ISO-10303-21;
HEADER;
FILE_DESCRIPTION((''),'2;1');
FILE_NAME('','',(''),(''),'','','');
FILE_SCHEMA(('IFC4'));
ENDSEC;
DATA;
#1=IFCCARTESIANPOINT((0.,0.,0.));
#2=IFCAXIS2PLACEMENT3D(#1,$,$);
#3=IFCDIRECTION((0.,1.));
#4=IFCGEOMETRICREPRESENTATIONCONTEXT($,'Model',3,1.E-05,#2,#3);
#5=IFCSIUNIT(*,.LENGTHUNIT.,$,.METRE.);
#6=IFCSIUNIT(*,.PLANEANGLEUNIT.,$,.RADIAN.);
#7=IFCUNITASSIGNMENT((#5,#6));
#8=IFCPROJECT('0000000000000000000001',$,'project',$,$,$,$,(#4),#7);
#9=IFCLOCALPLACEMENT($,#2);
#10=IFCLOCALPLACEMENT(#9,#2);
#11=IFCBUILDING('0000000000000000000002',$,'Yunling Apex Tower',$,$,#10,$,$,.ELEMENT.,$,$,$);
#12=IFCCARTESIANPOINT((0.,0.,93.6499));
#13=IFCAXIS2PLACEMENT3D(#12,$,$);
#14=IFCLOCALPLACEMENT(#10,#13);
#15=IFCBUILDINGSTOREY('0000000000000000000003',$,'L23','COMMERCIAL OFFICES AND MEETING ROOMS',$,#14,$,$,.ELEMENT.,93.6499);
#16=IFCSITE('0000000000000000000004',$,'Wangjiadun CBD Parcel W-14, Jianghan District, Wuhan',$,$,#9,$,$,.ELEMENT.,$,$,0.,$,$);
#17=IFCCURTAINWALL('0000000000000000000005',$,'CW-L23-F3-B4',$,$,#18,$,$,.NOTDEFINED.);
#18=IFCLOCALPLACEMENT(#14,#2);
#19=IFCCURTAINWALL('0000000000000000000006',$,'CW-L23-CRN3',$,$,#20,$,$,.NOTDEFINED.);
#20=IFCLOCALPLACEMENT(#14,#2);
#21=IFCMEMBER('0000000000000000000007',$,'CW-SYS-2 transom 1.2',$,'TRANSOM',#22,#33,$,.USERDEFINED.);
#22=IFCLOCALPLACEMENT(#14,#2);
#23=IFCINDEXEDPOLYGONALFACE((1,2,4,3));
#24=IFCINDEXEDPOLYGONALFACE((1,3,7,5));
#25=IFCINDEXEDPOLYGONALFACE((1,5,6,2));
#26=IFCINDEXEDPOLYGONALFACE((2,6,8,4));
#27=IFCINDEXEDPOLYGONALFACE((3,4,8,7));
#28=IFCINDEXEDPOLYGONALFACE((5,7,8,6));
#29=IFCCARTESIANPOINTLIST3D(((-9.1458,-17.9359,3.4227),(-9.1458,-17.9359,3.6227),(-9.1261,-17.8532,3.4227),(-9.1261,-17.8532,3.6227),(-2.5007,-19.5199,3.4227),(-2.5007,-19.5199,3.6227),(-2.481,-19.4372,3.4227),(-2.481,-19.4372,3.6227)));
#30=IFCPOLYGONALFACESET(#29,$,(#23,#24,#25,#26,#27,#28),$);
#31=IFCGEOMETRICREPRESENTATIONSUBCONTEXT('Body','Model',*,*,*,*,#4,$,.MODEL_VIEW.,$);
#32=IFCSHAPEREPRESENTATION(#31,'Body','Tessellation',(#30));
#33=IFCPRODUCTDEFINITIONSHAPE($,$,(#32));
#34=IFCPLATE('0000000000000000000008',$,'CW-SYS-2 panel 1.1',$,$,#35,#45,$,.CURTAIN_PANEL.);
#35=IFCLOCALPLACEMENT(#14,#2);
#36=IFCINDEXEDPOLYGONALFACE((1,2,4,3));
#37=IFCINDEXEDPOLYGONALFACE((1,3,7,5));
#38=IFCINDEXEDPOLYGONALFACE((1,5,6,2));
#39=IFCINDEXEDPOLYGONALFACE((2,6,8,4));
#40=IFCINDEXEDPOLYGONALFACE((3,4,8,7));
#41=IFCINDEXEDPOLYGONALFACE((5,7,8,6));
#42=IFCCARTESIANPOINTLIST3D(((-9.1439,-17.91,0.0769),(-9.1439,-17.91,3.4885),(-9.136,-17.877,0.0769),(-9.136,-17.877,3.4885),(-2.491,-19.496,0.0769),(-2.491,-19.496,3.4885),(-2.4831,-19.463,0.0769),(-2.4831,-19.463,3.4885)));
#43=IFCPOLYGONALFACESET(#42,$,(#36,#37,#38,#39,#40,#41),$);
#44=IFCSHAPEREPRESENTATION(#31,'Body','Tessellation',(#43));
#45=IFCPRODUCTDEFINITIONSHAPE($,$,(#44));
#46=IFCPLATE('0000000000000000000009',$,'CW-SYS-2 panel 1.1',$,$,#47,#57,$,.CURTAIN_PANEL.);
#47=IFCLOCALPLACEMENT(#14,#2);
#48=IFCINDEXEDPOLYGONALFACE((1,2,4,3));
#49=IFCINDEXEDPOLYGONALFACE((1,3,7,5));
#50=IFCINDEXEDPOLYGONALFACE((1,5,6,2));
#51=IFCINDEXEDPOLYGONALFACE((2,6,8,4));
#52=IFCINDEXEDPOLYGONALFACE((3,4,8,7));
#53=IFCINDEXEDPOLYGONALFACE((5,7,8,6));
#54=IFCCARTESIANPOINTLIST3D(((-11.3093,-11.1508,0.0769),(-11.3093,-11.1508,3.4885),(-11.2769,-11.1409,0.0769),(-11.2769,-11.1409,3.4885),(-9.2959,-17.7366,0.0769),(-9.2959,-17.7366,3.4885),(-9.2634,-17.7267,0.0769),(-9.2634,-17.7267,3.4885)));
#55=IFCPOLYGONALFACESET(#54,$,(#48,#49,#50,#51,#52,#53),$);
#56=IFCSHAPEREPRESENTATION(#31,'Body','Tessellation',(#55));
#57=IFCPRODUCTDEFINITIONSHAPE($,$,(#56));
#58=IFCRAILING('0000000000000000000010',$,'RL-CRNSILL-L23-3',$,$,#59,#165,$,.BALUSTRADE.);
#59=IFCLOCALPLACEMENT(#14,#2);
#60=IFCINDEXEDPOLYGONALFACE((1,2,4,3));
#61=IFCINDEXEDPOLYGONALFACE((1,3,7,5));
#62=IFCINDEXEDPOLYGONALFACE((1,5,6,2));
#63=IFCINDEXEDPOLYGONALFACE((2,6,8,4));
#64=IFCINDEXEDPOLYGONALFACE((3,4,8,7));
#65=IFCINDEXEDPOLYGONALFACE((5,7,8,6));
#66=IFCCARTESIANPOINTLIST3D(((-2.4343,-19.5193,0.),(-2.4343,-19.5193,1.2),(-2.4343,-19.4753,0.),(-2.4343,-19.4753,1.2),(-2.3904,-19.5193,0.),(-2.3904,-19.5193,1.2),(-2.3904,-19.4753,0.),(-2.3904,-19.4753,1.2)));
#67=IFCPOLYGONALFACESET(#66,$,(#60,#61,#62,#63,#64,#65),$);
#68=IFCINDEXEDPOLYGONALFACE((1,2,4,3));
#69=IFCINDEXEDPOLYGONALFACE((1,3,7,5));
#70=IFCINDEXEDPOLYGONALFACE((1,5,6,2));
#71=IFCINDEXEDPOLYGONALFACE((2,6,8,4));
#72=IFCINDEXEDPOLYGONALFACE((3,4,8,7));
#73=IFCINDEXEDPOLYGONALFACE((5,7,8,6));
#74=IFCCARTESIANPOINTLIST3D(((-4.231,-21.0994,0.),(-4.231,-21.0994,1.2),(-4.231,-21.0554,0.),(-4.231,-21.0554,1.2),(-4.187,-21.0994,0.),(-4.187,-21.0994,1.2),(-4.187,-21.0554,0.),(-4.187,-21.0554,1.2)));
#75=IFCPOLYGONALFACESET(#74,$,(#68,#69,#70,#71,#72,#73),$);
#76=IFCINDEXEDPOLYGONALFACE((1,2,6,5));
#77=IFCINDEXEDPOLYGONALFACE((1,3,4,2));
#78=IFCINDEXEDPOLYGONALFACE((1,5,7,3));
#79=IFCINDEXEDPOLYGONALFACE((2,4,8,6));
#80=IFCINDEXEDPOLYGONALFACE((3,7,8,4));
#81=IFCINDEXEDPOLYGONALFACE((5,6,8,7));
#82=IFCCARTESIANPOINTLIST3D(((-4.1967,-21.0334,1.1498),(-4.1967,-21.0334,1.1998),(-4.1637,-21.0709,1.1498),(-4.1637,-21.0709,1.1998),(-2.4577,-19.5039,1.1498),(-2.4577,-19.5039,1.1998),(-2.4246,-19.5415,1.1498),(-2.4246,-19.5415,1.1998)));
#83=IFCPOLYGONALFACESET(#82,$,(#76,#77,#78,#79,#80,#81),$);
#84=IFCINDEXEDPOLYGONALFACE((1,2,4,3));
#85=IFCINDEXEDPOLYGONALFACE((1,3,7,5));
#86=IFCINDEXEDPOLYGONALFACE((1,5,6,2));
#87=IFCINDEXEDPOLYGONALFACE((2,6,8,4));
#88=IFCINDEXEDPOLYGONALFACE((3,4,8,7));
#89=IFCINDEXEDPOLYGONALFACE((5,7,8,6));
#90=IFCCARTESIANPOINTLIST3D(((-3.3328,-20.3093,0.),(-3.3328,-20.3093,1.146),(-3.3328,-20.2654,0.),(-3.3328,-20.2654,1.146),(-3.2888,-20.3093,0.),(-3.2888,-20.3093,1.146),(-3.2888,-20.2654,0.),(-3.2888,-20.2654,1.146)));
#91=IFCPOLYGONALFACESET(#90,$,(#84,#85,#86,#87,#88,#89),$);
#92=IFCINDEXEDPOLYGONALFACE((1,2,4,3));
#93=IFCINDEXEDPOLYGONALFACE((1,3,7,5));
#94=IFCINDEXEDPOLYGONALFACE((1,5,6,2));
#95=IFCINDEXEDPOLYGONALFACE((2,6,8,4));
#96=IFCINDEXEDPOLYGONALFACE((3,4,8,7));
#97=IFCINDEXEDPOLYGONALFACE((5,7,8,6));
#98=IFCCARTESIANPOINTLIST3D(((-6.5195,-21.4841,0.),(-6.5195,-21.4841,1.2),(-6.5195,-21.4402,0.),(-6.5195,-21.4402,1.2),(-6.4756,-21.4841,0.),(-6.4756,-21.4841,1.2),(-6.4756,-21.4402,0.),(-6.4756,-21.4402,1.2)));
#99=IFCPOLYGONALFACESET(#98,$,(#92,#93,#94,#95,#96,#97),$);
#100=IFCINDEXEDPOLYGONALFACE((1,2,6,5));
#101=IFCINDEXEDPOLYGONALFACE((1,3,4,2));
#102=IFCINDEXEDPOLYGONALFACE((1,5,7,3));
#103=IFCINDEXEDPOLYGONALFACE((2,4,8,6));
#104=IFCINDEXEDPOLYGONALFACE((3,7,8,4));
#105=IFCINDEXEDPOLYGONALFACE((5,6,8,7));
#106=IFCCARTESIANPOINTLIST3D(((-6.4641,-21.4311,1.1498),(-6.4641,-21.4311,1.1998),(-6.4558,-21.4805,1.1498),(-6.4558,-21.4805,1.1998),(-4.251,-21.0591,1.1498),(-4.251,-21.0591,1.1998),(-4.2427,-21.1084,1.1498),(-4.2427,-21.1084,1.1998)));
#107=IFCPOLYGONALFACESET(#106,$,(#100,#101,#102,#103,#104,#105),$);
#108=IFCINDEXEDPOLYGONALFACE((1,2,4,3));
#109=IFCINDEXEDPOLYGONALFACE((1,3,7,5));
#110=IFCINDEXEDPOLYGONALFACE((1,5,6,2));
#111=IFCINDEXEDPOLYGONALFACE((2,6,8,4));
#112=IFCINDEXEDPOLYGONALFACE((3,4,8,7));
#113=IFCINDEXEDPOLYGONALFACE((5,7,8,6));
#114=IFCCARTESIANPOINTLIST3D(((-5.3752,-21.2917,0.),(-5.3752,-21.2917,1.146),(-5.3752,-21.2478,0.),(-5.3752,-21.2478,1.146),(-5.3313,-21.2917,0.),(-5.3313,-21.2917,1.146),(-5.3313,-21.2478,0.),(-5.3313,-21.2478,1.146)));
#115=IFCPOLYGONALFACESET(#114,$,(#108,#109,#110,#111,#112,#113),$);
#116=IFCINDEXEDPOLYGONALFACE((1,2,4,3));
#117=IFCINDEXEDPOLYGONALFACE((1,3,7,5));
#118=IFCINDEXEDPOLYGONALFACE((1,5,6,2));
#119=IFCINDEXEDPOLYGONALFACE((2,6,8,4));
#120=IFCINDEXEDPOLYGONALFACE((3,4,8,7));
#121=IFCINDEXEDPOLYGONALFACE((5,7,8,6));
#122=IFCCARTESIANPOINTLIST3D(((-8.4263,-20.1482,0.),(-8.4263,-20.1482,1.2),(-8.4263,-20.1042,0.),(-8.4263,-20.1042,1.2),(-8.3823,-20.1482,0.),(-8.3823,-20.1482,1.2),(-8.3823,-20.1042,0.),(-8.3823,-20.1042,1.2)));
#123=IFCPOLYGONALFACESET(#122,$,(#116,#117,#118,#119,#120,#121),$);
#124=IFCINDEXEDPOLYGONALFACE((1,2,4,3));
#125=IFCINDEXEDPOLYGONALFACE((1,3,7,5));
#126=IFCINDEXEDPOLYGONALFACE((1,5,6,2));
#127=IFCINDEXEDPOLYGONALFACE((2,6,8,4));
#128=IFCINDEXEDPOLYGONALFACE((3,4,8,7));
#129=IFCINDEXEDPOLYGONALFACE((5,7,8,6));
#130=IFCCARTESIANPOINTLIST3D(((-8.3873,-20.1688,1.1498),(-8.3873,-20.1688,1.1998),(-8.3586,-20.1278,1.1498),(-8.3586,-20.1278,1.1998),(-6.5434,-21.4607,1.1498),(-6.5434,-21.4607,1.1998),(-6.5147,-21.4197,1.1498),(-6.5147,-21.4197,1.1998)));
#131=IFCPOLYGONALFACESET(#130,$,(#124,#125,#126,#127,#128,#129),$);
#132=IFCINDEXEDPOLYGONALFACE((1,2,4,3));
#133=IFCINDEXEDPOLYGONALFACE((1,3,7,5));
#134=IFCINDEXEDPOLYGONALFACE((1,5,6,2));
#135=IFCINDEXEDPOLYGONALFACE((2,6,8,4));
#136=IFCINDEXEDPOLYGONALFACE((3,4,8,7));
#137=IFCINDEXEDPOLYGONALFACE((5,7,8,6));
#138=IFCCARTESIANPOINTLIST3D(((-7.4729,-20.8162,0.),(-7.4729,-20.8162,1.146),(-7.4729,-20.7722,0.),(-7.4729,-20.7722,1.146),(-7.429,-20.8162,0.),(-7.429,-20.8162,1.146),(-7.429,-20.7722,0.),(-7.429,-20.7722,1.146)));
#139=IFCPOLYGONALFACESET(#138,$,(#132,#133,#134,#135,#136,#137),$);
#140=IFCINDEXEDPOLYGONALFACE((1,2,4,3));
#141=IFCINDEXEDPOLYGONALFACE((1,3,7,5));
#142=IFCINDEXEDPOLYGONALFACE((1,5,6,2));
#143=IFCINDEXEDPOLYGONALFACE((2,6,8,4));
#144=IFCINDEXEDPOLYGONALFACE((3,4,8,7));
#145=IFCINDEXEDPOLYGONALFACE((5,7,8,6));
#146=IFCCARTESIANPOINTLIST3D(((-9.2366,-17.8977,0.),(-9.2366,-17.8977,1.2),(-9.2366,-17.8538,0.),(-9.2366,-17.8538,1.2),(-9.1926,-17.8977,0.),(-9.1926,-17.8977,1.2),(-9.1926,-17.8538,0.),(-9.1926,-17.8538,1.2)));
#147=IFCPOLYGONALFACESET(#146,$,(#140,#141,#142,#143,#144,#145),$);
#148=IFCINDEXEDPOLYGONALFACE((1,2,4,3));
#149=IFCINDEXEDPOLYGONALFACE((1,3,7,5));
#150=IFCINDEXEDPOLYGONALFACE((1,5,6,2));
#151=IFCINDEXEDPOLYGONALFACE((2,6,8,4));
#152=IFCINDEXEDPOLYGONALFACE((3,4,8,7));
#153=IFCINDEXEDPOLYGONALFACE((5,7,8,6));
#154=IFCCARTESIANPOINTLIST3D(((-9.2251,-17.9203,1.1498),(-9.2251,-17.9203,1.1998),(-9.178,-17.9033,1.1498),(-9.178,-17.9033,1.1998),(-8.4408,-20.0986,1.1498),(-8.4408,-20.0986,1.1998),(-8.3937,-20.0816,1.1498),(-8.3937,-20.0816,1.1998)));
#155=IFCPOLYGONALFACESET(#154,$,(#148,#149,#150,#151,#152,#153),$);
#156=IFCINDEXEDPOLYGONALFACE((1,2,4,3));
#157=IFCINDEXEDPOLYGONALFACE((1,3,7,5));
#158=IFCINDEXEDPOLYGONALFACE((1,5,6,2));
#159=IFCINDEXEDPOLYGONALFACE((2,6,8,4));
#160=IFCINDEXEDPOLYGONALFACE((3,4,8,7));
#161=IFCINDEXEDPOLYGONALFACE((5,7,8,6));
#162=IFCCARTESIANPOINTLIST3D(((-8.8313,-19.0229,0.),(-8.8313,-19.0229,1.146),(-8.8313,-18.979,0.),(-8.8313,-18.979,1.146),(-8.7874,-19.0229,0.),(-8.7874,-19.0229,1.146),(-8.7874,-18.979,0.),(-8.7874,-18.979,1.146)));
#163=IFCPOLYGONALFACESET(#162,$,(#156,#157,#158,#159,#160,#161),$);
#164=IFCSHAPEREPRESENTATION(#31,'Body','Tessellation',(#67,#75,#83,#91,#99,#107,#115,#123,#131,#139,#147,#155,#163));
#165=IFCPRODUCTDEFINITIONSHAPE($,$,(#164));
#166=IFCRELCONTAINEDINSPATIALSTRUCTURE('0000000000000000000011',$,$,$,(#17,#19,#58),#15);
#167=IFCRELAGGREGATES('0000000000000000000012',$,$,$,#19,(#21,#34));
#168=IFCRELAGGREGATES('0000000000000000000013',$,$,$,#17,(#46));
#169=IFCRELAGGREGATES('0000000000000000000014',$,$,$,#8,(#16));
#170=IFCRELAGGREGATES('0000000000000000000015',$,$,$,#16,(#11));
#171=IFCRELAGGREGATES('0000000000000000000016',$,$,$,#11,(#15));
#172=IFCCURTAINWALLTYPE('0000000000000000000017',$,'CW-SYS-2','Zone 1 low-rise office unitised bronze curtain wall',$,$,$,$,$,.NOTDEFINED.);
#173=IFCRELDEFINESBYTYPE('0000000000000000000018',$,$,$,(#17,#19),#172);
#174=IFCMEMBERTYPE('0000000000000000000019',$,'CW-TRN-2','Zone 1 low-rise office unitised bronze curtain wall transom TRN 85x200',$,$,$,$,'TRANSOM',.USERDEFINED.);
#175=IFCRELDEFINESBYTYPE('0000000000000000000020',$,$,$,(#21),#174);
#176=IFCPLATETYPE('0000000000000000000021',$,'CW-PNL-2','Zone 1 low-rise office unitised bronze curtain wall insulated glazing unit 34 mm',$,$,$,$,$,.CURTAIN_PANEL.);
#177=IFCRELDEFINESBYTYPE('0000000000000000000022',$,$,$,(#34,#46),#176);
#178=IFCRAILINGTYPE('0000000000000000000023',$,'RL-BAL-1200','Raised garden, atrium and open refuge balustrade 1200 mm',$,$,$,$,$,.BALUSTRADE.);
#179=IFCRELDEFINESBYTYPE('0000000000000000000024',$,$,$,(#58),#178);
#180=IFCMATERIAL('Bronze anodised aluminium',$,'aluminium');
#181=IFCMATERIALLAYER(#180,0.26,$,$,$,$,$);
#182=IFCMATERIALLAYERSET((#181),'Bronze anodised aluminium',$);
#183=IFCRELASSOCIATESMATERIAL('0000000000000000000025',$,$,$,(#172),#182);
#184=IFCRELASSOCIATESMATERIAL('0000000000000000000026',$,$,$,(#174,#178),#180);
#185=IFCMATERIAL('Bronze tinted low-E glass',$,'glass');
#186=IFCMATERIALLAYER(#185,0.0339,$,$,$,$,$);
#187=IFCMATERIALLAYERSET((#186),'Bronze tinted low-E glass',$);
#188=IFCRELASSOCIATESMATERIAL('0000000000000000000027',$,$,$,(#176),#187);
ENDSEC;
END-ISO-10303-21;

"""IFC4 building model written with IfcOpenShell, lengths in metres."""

from ifc_helpers import new_model, si_unit, direction, frame, origin, origin_2d, place, context, subcontext, project, spatial, rectangle, extrude, source, transform, mapped, material, layer, layer_set, material_profile, profile_set, type_object, element, aggregate, save


model = new_model("IFC4")

# Units and contexts
model_context = context("Model", 3, precision=1e-05, world=origin(), true_north=direction((0.0, 1.0)))
body_context = subcontext(model_context, "Body", "Model", "MODEL_VIEW")
ifc_project = project(units=[si_unit("LENGTHUNIT", "METRE"), si_unit("PLANEANGLEUNIT", "RADIAN")], contexts=[model_context])

# Site, building, storey
site_placement = place(None, origin())
site = spatial("IfcSite", under=ifc_project, at=site_placement, Name="Wangjiadun CBD Parcel W-14, Jianghan District, Wuhan", CompositionType="ELEMENT", RefElevation=0.0)
building_placement = place(site_placement, origin())
building = spatial("IfcBuilding", under=site, at=building_placement, Name="Yunling Apex Tower", CompositionType="ELEMENT")
storey_placement = place(building_placement, frame((0.0, 0.0, 93.6499)))
storey = spatial("IfcBuildingStorey", under=building, at=storey_placement, Name="L23", Description="COMMERCIAL OFFICES AND MEETING ROOMS", CompositionType="ELEMENT", Elevation=93.6499)

# Curtain wall
ifc_material_1 = material(Name="Bronze anodised aluminium", Category="aluminium")
ifc_layer_1 = layer(ifc_material_1, 0.26)
ifc_layer_set_1 = layer_set([ifc_layer_1], Name="Bronze anodised aluminium")
curtain_wall_type = type_object("IfcCurtainWallType", Name="CW-SYS-2", Description="Zone 1 low-rise office unitised bronze curtain wall", PredefinedType="NOTDEFINED", material=ifc_layer_set_1)
curtain_wall_1_placement = place(storey_placement, origin())
curtain_wall_1 = element("IfcCurtainWall", 1, at=curtain_wall_1_placement, inside=storey, type_object=curtain_wall_type, Name="CW-L23-F3-B4", PredefinedType="NOTDEFINED")

# Curtain wall
curtain_wall_2_placement = place(storey_placement, origin())
curtain_wall_2 = element("IfcCurtainWall", 2, at=curtain_wall_2_placement, inside=storey, type_object=curtain_wall_type, Name="CW-L23-CRN3", PredefinedType="NOTDEFINED")

# Member
ifc_material_profile_1 = material_profile(ifc_material_1, rectangle(XDim=0.085, YDim=0.2, at=origin_2d()))
ifc_profile_set_1 = profile_set([ifc_material_profile_1], Name="Bronze anodised aluminium")
member_type_1 = type_object("IfcMemberType", Name="CW-TRN-2", Description="Zone 1 low-rise office unitised bronze curtain wall transom TRN 85x200", ElementType="TRANSOM", PredefinedType="USERDEFINED", material=ifc_profile_set_1)
shared_shape_1 = source(origin(), body_context, "Body", "SweptSolid", [
    extrude(rectangle(XDim=0.085, YDim=0.2, at=origin_2d()), origin(), (0.0, 0.0, 1.0), 6.8313),
])
member_1_placement = place(storey_placement, frame((-9.136, -17.8945, 3.5227), z_axis=(0.972746, -0.231875, 0.0), x_axis=(0.231875, 0.972746, 0.0)))
member_1 = element("IfcMember", 3, at=member_1_placement, type_object=member_type_1, Name="CW-SYS-2 transom 1.2", ObjectType="TRANSOM", PredefinedType="USERDEFINED", context=body_context, shape_type="MappedRepresentation", body=[
    mapped(shared_shape_1, transform((0.0, 0.0, 0.0), scale=1.0)),
])

# Plates
ifc_material_2 = material(Name="Bronze tinted low-E glass", Category="glass")
ifc_layer_2 = layer(ifc_material_2, 0.0339)
ifc_layer_set_2 = layer_set([ifc_layer_2], Name="Bronze tinted low-E glass")
plate_type = type_object("IfcPlateType", Name="CW-PNL-2", Description="Zone 1 low-rise office unitised bronze curtain wall insulated glazing unit 34 mm", PredefinedType="CURTAIN_PANEL", material=ifc_layer_set_2)
shared_shape_2 = source(origin(), body_context, "Body", "SweptSolid", [
    extrude(rectangle(XDim=6.8394, YDim=0.0339, at=origin_2d()), origin(), (0.0, 0.0, 1.0), 3.4116),
])
plate_1_placement = place(storey_placement, frame((-5.8135, -18.6865, 0.0769), z_axis=(0.0, 0.0, 1.0), x_axis=(0.972741, -0.231895, 0.0)))
plate_1 = element("IfcPlate", 4, at=plate_1_placement, type_object=plate_type, Name="CW-SYS-2 panel 1.1", PredefinedType="CURTAIN_PANEL", context=body_context, shape_type="MappedRepresentation", body=[
    mapped(shared_shape_2, transform((0.0, 0.0, 0.0), scale=1.0)),
])
aggregate(curtain_wall_2, [member_1, plate_1])
shared_shape_3 = source(origin(), body_context, "Body", "SweptSolid", [
    extrude(rectangle(XDim=6.8867, YDim=0.0339, at=origin_2d()), origin(), (0.0, 0.0, 1.0), 3.4116),
])
plate_2_placement = place(storey_placement, frame((-10.2864, -14.4387, 0.0769), z_axis=(0.0, 0.0, 1.0), x_axis=(0.292373, -0.956304, 0.0)))
plate_2 = element("IfcPlate", 5, at=plate_2_placement, type_object=plate_type, Name="CW-SYS-2 panel 1.1", PredefinedType="CURTAIN_PANEL", context=body_context, shape_type="MappedRepresentation", body=[
    mapped(shared_shape_3, transform((0.0, 0.0, 0.0), scale=1.0)),
])
aggregate(curtain_wall_1, [plate_2])

# Railing
railing_type = type_object("IfcRailingType", Name="RL-BAL-1200", Description="Raised garden, atrium and open refuge balustrade 1200 mm", PredefinedType="BALUSTRADE", material=ifc_material_1)
railing_placement = place(storey_placement, frame((-2.4124, -19.4973, 0.0)))
element("IfcRailing", 6, at=railing_placement, inside=storey, type_object=railing_type, Name="RL-CRNSILL-L23-3", PredefinedType="BALUSTRADE", context=body_context, shape_type="SweptSolid", body=[
    extrude(rectangle(XDim=0.0439, YDim=0.0439, at=origin_2d()), origin(), (0.0, 0.0, 1.0), 1.2),
    extrude(rectangle(XDim=0.0439, YDim=0.0439, at=origin_2d()), frame((-1.7966, -1.5801, 0.0)), (0.0, 0.0, 1.0), 1.2),
    extrude(rectangle(XDim=0.05, YDim=0.05, at=origin_2d()), frame((-0.0288, -0.0254, 1.1748), z_axis=(-0.750912, -0.660402, 0.0), x_axis=(0.660402, -0.750912, 0.0)), (0.0, 0.0, 1.0), 2.3159),
    extrude(rectangle(XDim=0.0439, YDim=0.0439, at=origin_2d()), frame((-0.8984, -0.79, 0.0)), (0.0, 0.0, 1.0), 1.146),
    extrude(rectangle(XDim=0.0439, YDim=0.0439, at=origin_2d()), frame((-4.0852, -1.9648, 0.0)), (0.0, 0.0, 1.0), 1.2),
    extrude(rectangle(XDim=0.05, YDim=0.05, at=origin_2d()), frame((-1.8345, -1.5864, 1.1748), z_axis=(-0.98616, -0.165798, 0.0), x_axis=(0.165798, -0.98616, 0.0)), (0.0, 0.0, 1.0), 2.2441),
    extrude(rectangle(XDim=0.0439, YDim=0.0439, at=origin_2d()), frame((-2.9409, -1.7725, 0.0)), (0.0, 0.0, 1.0), 1.146),
    extrude(rectangle(XDim=0.0439, YDim=0.0439, at=origin_2d()), frame((-5.9919, -0.6289, 0.0)), (0.0, 0.0, 1.0), 1.2),
    extrude(rectangle(XDim=0.05, YDim=0.05, at=origin_2d()), frame((-4.1167, -1.9429, 1.1748), z_axis=(-0.818986, 0.573814, 0.0), x_axis=(-0.573814, -0.818986, 0.0)), (0.0, 0.0, 1.0), 2.2515),
    extrude(rectangle(XDim=0.0439, YDim=0.0439, at=origin_2d()), frame((-5.0386, -1.2969, 0.0)), (0.0, 0.0, 1.0), 1.146),
    extrude(rectangle(XDim=0.0439, YDim=0.0439, at=origin_2d()), frame((-6.8022, 1.6216, 0.0)), (0.0, 0.0, 1.0), 1.2),
    extrude(rectangle(XDim=0.05, YDim=0.05, at=origin_2d()), frame((-6.0049, -0.5928, 1.1748), z_axis=(-0.338766, 0.94087, 0.0), x_axis=(-0.94087, -0.338766, 0.0)), (0.0, 0.0, 1.0), 2.3152),
    extrude(rectangle(XDim=0.0439, YDim=0.0439, at=origin_2d()), frame((-6.397, 0.4963, 0.0)), (0.0, 0.0, 1.0), 1.146),
])

save(model, "model.ifc")
